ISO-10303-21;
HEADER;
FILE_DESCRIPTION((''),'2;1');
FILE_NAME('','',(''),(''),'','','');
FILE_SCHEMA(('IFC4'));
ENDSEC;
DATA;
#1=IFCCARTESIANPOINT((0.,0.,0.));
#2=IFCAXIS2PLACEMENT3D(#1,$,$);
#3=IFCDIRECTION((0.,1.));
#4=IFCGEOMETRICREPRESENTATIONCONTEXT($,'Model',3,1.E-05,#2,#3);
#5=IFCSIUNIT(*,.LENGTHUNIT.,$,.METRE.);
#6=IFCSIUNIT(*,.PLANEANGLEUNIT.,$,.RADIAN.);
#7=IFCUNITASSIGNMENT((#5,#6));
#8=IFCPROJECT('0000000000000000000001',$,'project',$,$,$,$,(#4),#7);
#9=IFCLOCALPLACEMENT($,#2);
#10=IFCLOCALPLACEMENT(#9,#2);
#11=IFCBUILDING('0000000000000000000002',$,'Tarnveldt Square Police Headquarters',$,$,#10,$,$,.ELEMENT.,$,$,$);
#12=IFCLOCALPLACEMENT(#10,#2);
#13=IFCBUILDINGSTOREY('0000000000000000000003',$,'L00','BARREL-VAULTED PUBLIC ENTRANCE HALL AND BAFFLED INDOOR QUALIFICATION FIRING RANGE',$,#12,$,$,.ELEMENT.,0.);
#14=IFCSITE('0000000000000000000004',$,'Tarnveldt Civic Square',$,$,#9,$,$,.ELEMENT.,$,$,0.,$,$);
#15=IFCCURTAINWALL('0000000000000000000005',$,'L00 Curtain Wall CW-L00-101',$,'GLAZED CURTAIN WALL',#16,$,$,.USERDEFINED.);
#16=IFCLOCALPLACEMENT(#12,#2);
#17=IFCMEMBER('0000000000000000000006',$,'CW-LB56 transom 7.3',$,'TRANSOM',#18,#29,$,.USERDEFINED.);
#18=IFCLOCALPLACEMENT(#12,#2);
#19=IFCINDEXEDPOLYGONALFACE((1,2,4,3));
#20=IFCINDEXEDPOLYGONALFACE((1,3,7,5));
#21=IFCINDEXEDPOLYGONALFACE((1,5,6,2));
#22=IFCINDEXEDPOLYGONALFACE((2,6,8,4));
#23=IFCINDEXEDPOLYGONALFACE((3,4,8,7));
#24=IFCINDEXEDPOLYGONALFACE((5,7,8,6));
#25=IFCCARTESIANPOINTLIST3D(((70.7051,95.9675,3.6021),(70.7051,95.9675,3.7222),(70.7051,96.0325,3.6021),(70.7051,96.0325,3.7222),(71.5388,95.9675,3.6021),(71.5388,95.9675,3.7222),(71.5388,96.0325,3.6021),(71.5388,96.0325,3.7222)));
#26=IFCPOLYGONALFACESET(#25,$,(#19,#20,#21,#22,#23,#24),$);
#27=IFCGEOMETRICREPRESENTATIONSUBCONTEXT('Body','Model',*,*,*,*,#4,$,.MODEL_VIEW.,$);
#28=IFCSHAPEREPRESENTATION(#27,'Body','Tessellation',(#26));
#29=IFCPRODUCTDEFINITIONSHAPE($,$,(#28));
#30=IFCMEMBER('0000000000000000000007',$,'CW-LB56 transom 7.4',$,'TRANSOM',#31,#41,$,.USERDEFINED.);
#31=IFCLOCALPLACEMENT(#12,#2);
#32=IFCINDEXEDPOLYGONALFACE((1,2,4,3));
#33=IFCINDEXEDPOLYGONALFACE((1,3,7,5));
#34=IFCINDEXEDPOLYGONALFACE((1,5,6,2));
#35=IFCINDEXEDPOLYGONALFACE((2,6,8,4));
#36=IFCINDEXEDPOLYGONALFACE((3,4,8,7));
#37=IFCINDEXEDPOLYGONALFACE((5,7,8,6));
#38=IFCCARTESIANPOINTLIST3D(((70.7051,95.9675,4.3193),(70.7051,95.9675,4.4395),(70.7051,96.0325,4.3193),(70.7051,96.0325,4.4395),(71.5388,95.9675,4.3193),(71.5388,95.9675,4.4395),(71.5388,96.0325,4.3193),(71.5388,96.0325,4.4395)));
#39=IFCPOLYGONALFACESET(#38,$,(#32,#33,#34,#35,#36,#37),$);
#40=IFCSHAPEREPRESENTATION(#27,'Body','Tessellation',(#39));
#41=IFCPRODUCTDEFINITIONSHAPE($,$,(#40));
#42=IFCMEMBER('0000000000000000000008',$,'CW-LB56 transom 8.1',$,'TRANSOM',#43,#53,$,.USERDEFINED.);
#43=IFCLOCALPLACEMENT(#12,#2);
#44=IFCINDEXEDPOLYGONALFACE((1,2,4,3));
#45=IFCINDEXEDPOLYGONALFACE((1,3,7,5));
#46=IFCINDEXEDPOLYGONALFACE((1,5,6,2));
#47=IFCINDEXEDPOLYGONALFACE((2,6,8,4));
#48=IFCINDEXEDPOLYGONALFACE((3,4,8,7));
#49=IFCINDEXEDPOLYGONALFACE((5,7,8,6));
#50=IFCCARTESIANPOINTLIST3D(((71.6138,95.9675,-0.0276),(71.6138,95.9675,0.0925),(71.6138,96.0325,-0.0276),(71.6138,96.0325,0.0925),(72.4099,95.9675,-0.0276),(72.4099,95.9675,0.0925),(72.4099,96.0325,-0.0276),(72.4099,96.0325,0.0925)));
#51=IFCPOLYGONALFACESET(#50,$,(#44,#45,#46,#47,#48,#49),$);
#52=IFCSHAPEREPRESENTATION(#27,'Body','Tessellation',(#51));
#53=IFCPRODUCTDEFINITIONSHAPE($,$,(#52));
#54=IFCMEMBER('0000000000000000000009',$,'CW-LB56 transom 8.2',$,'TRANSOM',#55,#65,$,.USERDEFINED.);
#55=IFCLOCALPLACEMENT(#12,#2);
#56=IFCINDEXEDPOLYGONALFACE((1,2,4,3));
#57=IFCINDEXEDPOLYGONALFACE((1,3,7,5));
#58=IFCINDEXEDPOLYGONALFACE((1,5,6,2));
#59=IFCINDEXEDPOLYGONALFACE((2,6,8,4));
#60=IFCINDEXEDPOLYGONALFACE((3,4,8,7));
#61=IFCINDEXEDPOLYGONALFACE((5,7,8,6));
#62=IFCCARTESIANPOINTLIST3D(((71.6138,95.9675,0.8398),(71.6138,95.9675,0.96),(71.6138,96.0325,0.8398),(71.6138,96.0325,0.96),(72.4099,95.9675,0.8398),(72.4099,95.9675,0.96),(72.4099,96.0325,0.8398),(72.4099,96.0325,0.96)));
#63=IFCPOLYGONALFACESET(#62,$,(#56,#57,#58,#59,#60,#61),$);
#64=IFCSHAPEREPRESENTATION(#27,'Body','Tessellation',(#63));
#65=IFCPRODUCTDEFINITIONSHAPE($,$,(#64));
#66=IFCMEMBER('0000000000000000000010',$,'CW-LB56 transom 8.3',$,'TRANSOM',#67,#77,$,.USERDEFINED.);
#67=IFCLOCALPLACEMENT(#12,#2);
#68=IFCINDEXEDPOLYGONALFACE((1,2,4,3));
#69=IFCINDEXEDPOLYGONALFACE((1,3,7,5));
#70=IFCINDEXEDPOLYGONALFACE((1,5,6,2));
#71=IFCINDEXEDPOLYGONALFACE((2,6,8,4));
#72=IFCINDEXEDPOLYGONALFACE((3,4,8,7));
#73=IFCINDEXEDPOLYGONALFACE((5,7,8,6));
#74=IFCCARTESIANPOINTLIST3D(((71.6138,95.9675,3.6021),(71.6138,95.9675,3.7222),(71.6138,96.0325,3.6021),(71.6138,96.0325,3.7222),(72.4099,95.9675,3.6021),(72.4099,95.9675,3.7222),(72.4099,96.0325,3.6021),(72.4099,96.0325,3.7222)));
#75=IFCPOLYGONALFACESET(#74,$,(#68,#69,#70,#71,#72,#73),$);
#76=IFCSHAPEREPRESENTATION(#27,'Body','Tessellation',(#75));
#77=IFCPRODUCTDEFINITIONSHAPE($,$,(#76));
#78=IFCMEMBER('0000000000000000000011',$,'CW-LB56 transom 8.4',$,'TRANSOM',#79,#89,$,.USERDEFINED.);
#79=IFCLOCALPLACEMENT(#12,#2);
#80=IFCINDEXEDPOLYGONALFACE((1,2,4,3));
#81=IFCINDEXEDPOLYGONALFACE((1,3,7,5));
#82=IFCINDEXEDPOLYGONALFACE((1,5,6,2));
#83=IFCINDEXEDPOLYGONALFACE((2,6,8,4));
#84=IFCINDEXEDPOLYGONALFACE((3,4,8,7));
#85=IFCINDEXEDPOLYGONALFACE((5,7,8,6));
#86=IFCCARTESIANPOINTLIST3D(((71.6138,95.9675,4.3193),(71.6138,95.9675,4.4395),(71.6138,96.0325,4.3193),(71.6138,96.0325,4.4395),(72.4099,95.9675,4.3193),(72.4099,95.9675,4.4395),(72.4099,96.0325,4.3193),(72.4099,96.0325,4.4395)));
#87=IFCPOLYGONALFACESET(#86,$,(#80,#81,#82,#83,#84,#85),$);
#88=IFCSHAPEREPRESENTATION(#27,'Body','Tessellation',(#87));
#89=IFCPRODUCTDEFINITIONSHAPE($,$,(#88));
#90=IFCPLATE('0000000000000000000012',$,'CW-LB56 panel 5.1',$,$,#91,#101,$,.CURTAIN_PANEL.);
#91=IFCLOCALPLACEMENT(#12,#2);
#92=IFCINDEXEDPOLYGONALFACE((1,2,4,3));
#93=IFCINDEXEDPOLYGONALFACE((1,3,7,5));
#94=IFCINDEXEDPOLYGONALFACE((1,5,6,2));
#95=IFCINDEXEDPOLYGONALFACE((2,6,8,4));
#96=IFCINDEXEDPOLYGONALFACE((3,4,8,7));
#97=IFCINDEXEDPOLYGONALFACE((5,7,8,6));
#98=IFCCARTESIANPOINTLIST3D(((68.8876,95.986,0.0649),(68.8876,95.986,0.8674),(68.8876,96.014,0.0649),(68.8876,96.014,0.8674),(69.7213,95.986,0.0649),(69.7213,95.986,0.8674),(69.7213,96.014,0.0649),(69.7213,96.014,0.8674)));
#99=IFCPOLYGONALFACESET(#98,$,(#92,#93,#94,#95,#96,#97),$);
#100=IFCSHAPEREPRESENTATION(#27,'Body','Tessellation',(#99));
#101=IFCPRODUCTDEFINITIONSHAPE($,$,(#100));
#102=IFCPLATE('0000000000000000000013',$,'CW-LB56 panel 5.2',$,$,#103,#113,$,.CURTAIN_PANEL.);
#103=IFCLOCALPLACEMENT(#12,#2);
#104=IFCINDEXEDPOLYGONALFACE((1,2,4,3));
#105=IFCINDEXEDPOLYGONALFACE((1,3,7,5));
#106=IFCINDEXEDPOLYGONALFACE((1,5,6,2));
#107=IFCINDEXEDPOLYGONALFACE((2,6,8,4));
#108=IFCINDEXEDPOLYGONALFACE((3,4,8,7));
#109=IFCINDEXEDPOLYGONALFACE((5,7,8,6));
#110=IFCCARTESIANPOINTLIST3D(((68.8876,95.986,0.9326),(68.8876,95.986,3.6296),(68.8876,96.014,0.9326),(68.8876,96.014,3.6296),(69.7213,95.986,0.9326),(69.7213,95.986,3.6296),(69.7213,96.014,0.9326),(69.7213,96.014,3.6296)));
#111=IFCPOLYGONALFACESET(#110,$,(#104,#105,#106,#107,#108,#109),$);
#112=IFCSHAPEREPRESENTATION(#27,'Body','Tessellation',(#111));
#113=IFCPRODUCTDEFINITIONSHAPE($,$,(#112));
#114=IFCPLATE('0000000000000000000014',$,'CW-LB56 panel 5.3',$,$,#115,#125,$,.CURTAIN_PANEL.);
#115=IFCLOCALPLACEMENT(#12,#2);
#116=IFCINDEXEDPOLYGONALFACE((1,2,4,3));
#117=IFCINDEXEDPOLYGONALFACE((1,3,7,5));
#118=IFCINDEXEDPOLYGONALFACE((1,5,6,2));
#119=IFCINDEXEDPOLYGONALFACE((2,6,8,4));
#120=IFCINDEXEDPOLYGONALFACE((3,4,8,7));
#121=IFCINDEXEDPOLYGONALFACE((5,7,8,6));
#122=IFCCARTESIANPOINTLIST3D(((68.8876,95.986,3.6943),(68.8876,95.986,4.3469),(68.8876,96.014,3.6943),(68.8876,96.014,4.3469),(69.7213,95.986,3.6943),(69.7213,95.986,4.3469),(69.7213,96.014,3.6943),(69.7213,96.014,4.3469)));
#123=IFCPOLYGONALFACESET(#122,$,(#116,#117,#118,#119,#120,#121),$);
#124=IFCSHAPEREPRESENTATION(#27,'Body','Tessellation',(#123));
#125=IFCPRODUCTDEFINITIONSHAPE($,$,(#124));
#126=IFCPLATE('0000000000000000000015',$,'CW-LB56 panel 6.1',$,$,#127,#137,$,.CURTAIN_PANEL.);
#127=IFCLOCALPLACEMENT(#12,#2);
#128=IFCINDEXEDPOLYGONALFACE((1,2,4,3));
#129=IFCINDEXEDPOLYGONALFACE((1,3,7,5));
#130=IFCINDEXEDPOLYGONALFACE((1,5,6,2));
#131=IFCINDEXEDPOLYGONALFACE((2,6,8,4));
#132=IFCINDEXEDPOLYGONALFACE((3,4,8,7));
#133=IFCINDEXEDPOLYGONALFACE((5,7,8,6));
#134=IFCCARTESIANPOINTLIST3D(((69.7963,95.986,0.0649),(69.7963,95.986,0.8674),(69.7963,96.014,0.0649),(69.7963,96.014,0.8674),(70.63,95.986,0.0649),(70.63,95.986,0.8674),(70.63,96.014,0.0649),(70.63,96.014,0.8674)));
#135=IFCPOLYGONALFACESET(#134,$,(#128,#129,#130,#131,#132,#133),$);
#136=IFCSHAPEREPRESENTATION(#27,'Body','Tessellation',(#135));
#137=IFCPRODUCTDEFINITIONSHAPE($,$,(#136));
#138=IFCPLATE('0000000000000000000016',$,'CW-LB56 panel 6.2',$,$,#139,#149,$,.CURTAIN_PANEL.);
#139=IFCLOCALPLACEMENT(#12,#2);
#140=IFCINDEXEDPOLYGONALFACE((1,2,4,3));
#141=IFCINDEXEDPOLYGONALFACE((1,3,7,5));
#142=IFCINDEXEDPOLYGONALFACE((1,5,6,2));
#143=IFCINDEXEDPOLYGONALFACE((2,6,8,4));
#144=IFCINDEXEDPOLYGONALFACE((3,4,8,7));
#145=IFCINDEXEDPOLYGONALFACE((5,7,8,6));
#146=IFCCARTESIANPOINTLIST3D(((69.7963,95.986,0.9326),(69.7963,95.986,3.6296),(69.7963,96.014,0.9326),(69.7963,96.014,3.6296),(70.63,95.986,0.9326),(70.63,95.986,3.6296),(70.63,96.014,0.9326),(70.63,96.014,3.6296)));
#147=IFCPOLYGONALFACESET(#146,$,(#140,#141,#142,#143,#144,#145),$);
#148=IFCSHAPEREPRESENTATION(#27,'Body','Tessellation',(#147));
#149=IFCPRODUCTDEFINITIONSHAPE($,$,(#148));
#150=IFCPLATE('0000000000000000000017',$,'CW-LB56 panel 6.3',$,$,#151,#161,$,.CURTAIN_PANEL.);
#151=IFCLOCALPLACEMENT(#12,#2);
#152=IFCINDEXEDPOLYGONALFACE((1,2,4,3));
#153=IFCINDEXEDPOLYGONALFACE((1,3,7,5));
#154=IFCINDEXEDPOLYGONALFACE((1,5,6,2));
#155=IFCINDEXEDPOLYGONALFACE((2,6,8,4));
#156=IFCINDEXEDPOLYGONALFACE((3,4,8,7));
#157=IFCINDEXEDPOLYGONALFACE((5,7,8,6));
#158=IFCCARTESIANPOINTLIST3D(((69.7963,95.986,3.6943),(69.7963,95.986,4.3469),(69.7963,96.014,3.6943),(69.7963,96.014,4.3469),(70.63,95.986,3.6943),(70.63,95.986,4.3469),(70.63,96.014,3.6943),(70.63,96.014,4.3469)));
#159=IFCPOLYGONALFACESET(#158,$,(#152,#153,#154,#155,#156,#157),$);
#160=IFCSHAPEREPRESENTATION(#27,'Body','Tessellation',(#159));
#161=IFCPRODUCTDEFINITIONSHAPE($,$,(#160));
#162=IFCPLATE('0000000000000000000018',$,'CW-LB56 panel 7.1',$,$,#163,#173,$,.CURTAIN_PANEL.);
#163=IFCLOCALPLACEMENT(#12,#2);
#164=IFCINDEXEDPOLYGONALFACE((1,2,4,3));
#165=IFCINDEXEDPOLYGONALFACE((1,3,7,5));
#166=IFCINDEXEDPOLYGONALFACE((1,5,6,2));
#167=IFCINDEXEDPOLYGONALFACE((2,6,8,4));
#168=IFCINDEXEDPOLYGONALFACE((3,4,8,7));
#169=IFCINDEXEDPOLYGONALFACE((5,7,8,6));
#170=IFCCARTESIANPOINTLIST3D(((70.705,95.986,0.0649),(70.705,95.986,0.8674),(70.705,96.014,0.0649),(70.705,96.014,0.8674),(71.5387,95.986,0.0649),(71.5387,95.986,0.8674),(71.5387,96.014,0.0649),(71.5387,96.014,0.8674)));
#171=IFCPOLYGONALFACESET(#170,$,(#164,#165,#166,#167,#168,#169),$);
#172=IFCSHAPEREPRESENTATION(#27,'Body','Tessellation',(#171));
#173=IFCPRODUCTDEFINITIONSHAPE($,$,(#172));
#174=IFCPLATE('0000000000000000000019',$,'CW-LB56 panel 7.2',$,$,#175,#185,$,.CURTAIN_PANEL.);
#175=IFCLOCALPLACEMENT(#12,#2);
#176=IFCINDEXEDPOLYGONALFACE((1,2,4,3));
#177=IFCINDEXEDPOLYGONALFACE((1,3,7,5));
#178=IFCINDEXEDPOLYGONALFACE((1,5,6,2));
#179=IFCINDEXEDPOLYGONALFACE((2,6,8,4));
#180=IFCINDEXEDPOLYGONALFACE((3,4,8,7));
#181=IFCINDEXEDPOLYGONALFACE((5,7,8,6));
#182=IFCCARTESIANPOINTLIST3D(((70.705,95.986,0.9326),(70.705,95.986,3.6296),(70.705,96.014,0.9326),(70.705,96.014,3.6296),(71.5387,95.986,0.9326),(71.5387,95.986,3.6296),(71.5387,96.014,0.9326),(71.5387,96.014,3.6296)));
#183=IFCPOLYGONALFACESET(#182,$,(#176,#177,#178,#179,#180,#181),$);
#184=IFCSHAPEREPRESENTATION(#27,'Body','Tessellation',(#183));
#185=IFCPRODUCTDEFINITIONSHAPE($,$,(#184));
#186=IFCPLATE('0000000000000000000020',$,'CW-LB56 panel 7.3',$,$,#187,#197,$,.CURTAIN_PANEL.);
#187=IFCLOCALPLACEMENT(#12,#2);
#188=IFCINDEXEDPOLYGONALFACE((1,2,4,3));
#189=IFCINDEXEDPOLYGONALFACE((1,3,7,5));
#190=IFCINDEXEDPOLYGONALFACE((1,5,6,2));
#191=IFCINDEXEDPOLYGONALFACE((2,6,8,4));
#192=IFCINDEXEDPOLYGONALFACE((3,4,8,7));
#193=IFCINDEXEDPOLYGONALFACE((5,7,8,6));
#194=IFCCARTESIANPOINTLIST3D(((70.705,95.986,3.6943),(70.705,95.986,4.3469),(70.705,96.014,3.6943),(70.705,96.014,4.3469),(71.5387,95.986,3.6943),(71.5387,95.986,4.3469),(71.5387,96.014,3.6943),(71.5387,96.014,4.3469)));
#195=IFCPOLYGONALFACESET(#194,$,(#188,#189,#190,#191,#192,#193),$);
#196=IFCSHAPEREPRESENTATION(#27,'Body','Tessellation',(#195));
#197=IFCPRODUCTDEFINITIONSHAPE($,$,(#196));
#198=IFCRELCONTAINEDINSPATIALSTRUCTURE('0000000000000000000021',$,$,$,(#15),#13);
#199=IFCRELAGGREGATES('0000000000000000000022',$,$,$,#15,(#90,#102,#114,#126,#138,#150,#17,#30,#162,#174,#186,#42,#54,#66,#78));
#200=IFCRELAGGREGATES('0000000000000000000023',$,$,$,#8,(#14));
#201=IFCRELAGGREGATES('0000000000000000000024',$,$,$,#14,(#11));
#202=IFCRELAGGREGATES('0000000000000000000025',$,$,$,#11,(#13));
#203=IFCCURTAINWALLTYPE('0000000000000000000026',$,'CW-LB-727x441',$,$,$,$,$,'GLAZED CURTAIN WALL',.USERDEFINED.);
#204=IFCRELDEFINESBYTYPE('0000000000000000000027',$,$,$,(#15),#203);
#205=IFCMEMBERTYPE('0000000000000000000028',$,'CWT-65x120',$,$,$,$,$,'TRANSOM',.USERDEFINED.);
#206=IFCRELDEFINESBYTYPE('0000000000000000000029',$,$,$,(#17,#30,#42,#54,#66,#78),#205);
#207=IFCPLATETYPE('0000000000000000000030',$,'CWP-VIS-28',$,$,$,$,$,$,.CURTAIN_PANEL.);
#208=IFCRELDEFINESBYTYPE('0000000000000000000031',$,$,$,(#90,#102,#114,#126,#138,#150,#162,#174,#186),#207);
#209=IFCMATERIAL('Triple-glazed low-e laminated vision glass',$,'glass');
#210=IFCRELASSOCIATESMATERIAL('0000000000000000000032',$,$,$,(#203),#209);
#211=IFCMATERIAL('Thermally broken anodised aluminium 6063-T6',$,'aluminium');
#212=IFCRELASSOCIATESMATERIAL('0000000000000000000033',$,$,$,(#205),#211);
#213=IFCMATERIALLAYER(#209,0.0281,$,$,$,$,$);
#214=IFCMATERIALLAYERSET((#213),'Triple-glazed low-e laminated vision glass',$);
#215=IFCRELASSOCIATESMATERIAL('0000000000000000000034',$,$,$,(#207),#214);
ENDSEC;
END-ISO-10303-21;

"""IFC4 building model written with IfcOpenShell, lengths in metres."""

from ifc_helpers import new_model, si_unit, direction, frame, origin, origin_2d, place, context, subcontext, project, spatial, rectangle, extrude, material, layer, layer_set, material_profile, profile_set, type_object, element, aggregate, save


model = new_model("IFC4")

# Units and contexts
model_context = context("Model", 3, precision=1e-05, world=origin(), true_north=direction((0.0, 1.0)))
body_context = subcontext(model_context, "Body", "Model", "MODEL_VIEW")
ifc_project = project(units=[si_unit("LENGTHUNIT", "METRE"), si_unit("PLANEANGLEUNIT", "RADIAN")], contexts=[model_context])

# Site, building, storey
site_placement = place(None, origin())
site = spatial("IfcSite", under=ifc_project, at=site_placement, Name="Tarnveldt Civic Square", CompositionType="ELEMENT", RefElevation=0.0)
building_placement = place(site_placement, origin())
building = spatial("IfcBuilding", under=site, at=building_placement, Name="Tarnveldt Square Police Headquarters", CompositionType="ELEMENT")
storey_placement = place(building_placement, origin())
storey = spatial("IfcBuildingStorey", under=building, at=storey_placement, Name="L00", Description="BARREL-VAULTED PUBLIC ENTRANCE HALL AND BAFFLED INDOOR QUALIFICATION FIRING RANGE", CompositionType="ELEMENT", Elevation=0.0)

# Curtain wall, members, plates
ifc_material_1 = material(Name="Triple-glazed low-e laminated vision glass", Category="glass")
curtain_wall_type = type_object("IfcCurtainWallType", Name="CW-LB-727x441", ElementType="GLAZED CURTAIN WALL", PredefinedType="USERDEFINED", material=ifc_material_1)
curtain_wall_placement = place(storey_placement, origin())
curtain_wall = element("IfcCurtainWall", 1, at=curtain_wall_placement, inside=storey, type_object=curtain_wall_type, Name="L00 Curtain Wall CW-L00-101", ObjectType="GLAZED CURTAIN WALL", PredefinedType="USERDEFINED")
ifc_material_2 = material(Name="Thermally broken anodised aluminium 6063-T6", Category="aluminium")
ifc_material_profile_1 = material_profile(ifc_material_2, rectangle(XDim=0.0649, YDim=0.1201, at=origin_2d()), Name="CW-T65x120")
ifc_profile_set_1 = profile_set([ifc_material_profile_1], Name="Thermally broken anodised aluminium 6063-T6")
member_type_1 = type_object("IfcMemberType", Name="CWT-65x120", ElementType="TRANSOM", PredefinedType="USERDEFINED", material=ifc_profile_set_1)
member_1_placement = place(storey_placement, frame((70.7051, 96.0, 3.6621), z_axis=(1.0, 0.0, 0.0), x_axis=(0.0, 1.0, 0.0)))
member_1 = element("IfcMember", 2, at=member_1_placement, type_object=member_type_1, Name="CW-LB56 transom 7.3", ObjectType="TRANSOM", PredefinedType="USERDEFINED", context=body_context, shape_type="SweptSolid", body=[
    extrude(rectangle(XDim=0.0649, YDim=0.1201, at=origin_2d()), origin(), (0.0, 0.0, 1.0), 0.8337),
])
member_2_placement = place(storey_placement, frame((70.7051, 96.0, 4.3794), z_axis=(1.0, 0.0, 0.0), x_axis=(0.0, 1.0, 0.0)))
member_2 = element("IfcMember", 3, at=member_2_placement, type_object=member_type_1, Name="CW-LB56 transom 7.4", ObjectType="TRANSOM", PredefinedType="USERDEFINED", context=body_context, shape_type="SweptSolid", body=[
    extrude(rectangle(XDim=0.0649, YDim=0.1201, at=origin_2d()), origin(), (0.0, 0.0, 1.0), 0.8337),
])
member_3_placement = place(storey_placement, frame((71.6138, 96.0, 0.0325), z_axis=(1.0, 0.0, 0.0), x_axis=(0.0, 1.0, 0.0)))
member_3 = element("IfcMember", 4, at=member_3_placement, type_object=member_type_1, Name="CW-LB56 transom 8.1", ObjectType="TRANSOM", PredefinedType="USERDEFINED", context=body_context, shape_type="SweptSolid", body=[
    extrude(rectangle(XDim=0.0649, YDim=0.1201, at=origin_2d()), origin(), (0.0, 0.0, 1.0), 0.7961),
])
member_4_placement = place(storey_placement, frame((71.6138, 96.0, 0.8999), z_axis=(1.0, 0.0, 0.0), x_axis=(0.0, 1.0, 0.0)))
member_4 = element("IfcMember", 5, at=member_4_placement, type_object=member_type_1, Name="CW-LB56 transom 8.2", ObjectType="TRANSOM", PredefinedType="USERDEFINED", context=body_context, shape_type="SweptSolid", body=[
    extrude(rectangle(XDim=0.0649, YDim=0.1201, at=origin_2d()), origin(), (0.0, 0.0, 1.0), 0.7961),
])
member_5_placement = place(storey_placement, frame((71.6138, 96.0, 3.6621), z_axis=(1.0, 0.0, 0.0), x_axis=(0.0, 1.0, 0.0)))
member_5 = element("IfcMember", 6, at=member_5_placement, type_object=member_type_1, Name="CW-LB56 transom 8.3", ObjectType="TRANSOM", PredefinedType="USERDEFINED", context=body_context, shape_type="SweptSolid", body=[
    extrude(rectangle(XDim=0.0649, YDim=0.1201, at=origin_2d()), origin(), (0.0, 0.0, 1.0), 0.7961),
])
member_6_placement = place(storey_placement, frame((71.6138, 96.0, 4.3794), z_axis=(1.0, 0.0, 0.0), x_axis=(0.0, 1.0, 0.0)))
member_6 = element("IfcMember", 7, at=member_6_placement, type_object=member_type_1, Name="CW-LB56 transom 8.4", ObjectType="TRANSOM", PredefinedType="USERDEFINED", context=body_context, shape_type="SweptSolid", body=[
    extrude(rectangle(XDim=0.0649, YDim=0.1201, at=origin_2d()), origin(), (0.0, 0.0, 1.0), 0.7961),
])
ifc_layer = layer(ifc_material_1, 0.0281)
ifc_layer_set = layer_set([ifc_layer], Name="Triple-glazed low-e laminated vision glass")
plate_type = type_object("IfcPlateType", Name="CWP-VIS-28", PredefinedType="CURTAIN_PANEL", material=ifc_layer_set)
plate_1_placement = place(storey_placement, frame((69.3044, 96.0, 0.0649), z_axis=(0.0, 0.0, 1.0), x_axis=(1.0, 0.0, 0.0)))
plate_1 = element("IfcPlate", 8, at=plate_1_placement, type_object=plate_type, Name="CW-LB56 panel 5.1", PredefinedType="CURTAIN_PANEL", context=body_context, shape_type="SweptSolid", body=[
    extrude(rectangle(XDim=0.8337, YDim=0.0281, at=origin_2d()), origin(), (0.0, 0.0, 1.0), 0.8025),
])
plate_2_placement = place(storey_placement, frame((69.3044, 96.0, 0.9326), z_axis=(0.0, 0.0, 1.0), x_axis=(1.0, 0.0, 0.0)))
plate_2 = element("IfcPlate", 9, at=plate_2_placement, type_object=plate_type, Name="CW-LB56 panel 5.2", PredefinedType="CURTAIN_PANEL", context=body_context, shape_type="SweptSolid", body=[
    extrude(rectangle(XDim=0.8337, YDim=0.0281, at=origin_2d()), origin(), (0.0, 0.0, 1.0), 2.697),
])
plate_3_placement = place(storey_placement, frame((69.3044, 96.0, 3.6943), z_axis=(0.0, 0.0, 1.0), x_axis=(1.0, 0.0, 0.0)))
plate_3 = element("IfcPlate", 10, at=plate_3_placement, type_object=plate_type, Name="CW-LB56 panel 5.3", PredefinedType="CURTAIN_PANEL", context=body_context, shape_type="SweptSolid", body=[
    extrude(rectangle(XDim=0.8337, YDim=0.0281, at=origin_2d()), origin(), (0.0, 0.0, 1.0), 0.6526),
])
plate_4_placement = place(storey_placement, frame((70.2131, 96.0, 0.0649), z_axis=(0.0, 0.0, 1.0), x_axis=(1.0, 0.0, 0.0)))
plate_4 = element("IfcPlate", 11, at=plate_4_placement, type_object=plate_type, Name="CW-LB56 panel 6.1", PredefinedType="CURTAIN_PANEL", context=body_context, shape_type="SweptSolid", body=[
    extrude(rectangle(XDim=0.8337, YDim=0.0281, at=origin_2d()), origin(), (0.0, 0.0, 1.0), 0.8025),
])
plate_5_placement = place(storey_placement, frame((70.2131, 96.0, 0.9326), z_axis=(0.0, 0.0, 1.0), x_axis=(1.0, 0.0, 0.0)))
plate_5 = element("IfcPlate", 12, at=plate_5_placement, type_object=plate_type, Name="CW-LB56 panel 6.2", PredefinedType="CURTAIN_PANEL", context=body_context, shape_type="SweptSolid", body=[
    extrude(rectangle(XDim=0.8337, YDim=0.0281, at=origin_2d()), origin(), (0.0, 0.0, 1.0), 2.697),
])
plate_6_placement = place(storey_placement, frame((70.2131, 96.0, 3.6943), z_axis=(0.0, 0.0, 1.0), x_axis=(1.0, 0.0, 0.0)))
plate_6 = element("IfcPlate", 13, at=plate_6_placement, type_object=plate_type, Name="CW-LB56 panel 6.3", PredefinedType="CURTAIN_PANEL", context=body_context, shape_type="SweptSolid", body=[
    extrude(rectangle(XDim=0.8337, YDim=0.0281, at=origin_2d()), origin(), (0.0, 0.0, 1.0), 0.6526),
])
plate_7_placement = place(storey_placement, frame((71.1218, 96.0, 0.0649), z_axis=(0.0, 0.0, 1.0), x_axis=(1.0, 0.0, 0.0)))
plate_7 = element("IfcPlate", 14, at=plate_7_placement, type_object=plate_type, Name="CW-LB56 panel 7.1", PredefinedType="CURTAIN_PANEL", context=body_context, shape_type="SweptSolid", body=[
    extrude(rectangle(XDim=0.8337, YDim=0.0281, at=origin_2d()), origin(), (0.0, 0.0, 1.0), 0.8025),
])
plate_8_placement = place(storey_placement, frame((71.1218, 96.0, 0.9326), z_axis=(0.0, 0.0, 1.0), x_axis=(1.0, 0.0, 0.0)))
plate_8 = element("IfcPlate", 15, at=plate_8_placement, type_object=plate_type, Name="CW-LB56 panel 7.2", PredefinedType="CURTAIN_PANEL", context=body_context, shape_type="SweptSolid", body=[
    extrude(rectangle(XDim=0.8337, YDim=0.0281, at=origin_2d()), origin(), (0.0, 0.0, 1.0), 2.697),
])
plate_9_placement = place(storey_placement, frame((71.1218, 96.0, 3.6943), z_axis=(0.0, 0.0, 1.0), x_axis=(1.0, 0.0, 0.0)))
plate_9 = element("IfcPlate", 16, at=plate_9_placement, type_object=plate_type, Name="CW-LB56 panel 7.3", PredefinedType="CURTAIN_PANEL", context=body_context, shape_type="SweptSolid", body=[
    extrude(rectangle(XDim=0.8337, YDim=0.0281, at=origin_2d()), origin(), (0.0, 0.0, 1.0), 0.6526),
])
aggregate(curtain_wall, [plate_1, plate_2, plate_3, plate_4, plate_5, plate_6, member_1, member_2, plate_7, plate_8, plate_9, member_3, member_4, member_5, member_6])

save(model, "model.ifc")
